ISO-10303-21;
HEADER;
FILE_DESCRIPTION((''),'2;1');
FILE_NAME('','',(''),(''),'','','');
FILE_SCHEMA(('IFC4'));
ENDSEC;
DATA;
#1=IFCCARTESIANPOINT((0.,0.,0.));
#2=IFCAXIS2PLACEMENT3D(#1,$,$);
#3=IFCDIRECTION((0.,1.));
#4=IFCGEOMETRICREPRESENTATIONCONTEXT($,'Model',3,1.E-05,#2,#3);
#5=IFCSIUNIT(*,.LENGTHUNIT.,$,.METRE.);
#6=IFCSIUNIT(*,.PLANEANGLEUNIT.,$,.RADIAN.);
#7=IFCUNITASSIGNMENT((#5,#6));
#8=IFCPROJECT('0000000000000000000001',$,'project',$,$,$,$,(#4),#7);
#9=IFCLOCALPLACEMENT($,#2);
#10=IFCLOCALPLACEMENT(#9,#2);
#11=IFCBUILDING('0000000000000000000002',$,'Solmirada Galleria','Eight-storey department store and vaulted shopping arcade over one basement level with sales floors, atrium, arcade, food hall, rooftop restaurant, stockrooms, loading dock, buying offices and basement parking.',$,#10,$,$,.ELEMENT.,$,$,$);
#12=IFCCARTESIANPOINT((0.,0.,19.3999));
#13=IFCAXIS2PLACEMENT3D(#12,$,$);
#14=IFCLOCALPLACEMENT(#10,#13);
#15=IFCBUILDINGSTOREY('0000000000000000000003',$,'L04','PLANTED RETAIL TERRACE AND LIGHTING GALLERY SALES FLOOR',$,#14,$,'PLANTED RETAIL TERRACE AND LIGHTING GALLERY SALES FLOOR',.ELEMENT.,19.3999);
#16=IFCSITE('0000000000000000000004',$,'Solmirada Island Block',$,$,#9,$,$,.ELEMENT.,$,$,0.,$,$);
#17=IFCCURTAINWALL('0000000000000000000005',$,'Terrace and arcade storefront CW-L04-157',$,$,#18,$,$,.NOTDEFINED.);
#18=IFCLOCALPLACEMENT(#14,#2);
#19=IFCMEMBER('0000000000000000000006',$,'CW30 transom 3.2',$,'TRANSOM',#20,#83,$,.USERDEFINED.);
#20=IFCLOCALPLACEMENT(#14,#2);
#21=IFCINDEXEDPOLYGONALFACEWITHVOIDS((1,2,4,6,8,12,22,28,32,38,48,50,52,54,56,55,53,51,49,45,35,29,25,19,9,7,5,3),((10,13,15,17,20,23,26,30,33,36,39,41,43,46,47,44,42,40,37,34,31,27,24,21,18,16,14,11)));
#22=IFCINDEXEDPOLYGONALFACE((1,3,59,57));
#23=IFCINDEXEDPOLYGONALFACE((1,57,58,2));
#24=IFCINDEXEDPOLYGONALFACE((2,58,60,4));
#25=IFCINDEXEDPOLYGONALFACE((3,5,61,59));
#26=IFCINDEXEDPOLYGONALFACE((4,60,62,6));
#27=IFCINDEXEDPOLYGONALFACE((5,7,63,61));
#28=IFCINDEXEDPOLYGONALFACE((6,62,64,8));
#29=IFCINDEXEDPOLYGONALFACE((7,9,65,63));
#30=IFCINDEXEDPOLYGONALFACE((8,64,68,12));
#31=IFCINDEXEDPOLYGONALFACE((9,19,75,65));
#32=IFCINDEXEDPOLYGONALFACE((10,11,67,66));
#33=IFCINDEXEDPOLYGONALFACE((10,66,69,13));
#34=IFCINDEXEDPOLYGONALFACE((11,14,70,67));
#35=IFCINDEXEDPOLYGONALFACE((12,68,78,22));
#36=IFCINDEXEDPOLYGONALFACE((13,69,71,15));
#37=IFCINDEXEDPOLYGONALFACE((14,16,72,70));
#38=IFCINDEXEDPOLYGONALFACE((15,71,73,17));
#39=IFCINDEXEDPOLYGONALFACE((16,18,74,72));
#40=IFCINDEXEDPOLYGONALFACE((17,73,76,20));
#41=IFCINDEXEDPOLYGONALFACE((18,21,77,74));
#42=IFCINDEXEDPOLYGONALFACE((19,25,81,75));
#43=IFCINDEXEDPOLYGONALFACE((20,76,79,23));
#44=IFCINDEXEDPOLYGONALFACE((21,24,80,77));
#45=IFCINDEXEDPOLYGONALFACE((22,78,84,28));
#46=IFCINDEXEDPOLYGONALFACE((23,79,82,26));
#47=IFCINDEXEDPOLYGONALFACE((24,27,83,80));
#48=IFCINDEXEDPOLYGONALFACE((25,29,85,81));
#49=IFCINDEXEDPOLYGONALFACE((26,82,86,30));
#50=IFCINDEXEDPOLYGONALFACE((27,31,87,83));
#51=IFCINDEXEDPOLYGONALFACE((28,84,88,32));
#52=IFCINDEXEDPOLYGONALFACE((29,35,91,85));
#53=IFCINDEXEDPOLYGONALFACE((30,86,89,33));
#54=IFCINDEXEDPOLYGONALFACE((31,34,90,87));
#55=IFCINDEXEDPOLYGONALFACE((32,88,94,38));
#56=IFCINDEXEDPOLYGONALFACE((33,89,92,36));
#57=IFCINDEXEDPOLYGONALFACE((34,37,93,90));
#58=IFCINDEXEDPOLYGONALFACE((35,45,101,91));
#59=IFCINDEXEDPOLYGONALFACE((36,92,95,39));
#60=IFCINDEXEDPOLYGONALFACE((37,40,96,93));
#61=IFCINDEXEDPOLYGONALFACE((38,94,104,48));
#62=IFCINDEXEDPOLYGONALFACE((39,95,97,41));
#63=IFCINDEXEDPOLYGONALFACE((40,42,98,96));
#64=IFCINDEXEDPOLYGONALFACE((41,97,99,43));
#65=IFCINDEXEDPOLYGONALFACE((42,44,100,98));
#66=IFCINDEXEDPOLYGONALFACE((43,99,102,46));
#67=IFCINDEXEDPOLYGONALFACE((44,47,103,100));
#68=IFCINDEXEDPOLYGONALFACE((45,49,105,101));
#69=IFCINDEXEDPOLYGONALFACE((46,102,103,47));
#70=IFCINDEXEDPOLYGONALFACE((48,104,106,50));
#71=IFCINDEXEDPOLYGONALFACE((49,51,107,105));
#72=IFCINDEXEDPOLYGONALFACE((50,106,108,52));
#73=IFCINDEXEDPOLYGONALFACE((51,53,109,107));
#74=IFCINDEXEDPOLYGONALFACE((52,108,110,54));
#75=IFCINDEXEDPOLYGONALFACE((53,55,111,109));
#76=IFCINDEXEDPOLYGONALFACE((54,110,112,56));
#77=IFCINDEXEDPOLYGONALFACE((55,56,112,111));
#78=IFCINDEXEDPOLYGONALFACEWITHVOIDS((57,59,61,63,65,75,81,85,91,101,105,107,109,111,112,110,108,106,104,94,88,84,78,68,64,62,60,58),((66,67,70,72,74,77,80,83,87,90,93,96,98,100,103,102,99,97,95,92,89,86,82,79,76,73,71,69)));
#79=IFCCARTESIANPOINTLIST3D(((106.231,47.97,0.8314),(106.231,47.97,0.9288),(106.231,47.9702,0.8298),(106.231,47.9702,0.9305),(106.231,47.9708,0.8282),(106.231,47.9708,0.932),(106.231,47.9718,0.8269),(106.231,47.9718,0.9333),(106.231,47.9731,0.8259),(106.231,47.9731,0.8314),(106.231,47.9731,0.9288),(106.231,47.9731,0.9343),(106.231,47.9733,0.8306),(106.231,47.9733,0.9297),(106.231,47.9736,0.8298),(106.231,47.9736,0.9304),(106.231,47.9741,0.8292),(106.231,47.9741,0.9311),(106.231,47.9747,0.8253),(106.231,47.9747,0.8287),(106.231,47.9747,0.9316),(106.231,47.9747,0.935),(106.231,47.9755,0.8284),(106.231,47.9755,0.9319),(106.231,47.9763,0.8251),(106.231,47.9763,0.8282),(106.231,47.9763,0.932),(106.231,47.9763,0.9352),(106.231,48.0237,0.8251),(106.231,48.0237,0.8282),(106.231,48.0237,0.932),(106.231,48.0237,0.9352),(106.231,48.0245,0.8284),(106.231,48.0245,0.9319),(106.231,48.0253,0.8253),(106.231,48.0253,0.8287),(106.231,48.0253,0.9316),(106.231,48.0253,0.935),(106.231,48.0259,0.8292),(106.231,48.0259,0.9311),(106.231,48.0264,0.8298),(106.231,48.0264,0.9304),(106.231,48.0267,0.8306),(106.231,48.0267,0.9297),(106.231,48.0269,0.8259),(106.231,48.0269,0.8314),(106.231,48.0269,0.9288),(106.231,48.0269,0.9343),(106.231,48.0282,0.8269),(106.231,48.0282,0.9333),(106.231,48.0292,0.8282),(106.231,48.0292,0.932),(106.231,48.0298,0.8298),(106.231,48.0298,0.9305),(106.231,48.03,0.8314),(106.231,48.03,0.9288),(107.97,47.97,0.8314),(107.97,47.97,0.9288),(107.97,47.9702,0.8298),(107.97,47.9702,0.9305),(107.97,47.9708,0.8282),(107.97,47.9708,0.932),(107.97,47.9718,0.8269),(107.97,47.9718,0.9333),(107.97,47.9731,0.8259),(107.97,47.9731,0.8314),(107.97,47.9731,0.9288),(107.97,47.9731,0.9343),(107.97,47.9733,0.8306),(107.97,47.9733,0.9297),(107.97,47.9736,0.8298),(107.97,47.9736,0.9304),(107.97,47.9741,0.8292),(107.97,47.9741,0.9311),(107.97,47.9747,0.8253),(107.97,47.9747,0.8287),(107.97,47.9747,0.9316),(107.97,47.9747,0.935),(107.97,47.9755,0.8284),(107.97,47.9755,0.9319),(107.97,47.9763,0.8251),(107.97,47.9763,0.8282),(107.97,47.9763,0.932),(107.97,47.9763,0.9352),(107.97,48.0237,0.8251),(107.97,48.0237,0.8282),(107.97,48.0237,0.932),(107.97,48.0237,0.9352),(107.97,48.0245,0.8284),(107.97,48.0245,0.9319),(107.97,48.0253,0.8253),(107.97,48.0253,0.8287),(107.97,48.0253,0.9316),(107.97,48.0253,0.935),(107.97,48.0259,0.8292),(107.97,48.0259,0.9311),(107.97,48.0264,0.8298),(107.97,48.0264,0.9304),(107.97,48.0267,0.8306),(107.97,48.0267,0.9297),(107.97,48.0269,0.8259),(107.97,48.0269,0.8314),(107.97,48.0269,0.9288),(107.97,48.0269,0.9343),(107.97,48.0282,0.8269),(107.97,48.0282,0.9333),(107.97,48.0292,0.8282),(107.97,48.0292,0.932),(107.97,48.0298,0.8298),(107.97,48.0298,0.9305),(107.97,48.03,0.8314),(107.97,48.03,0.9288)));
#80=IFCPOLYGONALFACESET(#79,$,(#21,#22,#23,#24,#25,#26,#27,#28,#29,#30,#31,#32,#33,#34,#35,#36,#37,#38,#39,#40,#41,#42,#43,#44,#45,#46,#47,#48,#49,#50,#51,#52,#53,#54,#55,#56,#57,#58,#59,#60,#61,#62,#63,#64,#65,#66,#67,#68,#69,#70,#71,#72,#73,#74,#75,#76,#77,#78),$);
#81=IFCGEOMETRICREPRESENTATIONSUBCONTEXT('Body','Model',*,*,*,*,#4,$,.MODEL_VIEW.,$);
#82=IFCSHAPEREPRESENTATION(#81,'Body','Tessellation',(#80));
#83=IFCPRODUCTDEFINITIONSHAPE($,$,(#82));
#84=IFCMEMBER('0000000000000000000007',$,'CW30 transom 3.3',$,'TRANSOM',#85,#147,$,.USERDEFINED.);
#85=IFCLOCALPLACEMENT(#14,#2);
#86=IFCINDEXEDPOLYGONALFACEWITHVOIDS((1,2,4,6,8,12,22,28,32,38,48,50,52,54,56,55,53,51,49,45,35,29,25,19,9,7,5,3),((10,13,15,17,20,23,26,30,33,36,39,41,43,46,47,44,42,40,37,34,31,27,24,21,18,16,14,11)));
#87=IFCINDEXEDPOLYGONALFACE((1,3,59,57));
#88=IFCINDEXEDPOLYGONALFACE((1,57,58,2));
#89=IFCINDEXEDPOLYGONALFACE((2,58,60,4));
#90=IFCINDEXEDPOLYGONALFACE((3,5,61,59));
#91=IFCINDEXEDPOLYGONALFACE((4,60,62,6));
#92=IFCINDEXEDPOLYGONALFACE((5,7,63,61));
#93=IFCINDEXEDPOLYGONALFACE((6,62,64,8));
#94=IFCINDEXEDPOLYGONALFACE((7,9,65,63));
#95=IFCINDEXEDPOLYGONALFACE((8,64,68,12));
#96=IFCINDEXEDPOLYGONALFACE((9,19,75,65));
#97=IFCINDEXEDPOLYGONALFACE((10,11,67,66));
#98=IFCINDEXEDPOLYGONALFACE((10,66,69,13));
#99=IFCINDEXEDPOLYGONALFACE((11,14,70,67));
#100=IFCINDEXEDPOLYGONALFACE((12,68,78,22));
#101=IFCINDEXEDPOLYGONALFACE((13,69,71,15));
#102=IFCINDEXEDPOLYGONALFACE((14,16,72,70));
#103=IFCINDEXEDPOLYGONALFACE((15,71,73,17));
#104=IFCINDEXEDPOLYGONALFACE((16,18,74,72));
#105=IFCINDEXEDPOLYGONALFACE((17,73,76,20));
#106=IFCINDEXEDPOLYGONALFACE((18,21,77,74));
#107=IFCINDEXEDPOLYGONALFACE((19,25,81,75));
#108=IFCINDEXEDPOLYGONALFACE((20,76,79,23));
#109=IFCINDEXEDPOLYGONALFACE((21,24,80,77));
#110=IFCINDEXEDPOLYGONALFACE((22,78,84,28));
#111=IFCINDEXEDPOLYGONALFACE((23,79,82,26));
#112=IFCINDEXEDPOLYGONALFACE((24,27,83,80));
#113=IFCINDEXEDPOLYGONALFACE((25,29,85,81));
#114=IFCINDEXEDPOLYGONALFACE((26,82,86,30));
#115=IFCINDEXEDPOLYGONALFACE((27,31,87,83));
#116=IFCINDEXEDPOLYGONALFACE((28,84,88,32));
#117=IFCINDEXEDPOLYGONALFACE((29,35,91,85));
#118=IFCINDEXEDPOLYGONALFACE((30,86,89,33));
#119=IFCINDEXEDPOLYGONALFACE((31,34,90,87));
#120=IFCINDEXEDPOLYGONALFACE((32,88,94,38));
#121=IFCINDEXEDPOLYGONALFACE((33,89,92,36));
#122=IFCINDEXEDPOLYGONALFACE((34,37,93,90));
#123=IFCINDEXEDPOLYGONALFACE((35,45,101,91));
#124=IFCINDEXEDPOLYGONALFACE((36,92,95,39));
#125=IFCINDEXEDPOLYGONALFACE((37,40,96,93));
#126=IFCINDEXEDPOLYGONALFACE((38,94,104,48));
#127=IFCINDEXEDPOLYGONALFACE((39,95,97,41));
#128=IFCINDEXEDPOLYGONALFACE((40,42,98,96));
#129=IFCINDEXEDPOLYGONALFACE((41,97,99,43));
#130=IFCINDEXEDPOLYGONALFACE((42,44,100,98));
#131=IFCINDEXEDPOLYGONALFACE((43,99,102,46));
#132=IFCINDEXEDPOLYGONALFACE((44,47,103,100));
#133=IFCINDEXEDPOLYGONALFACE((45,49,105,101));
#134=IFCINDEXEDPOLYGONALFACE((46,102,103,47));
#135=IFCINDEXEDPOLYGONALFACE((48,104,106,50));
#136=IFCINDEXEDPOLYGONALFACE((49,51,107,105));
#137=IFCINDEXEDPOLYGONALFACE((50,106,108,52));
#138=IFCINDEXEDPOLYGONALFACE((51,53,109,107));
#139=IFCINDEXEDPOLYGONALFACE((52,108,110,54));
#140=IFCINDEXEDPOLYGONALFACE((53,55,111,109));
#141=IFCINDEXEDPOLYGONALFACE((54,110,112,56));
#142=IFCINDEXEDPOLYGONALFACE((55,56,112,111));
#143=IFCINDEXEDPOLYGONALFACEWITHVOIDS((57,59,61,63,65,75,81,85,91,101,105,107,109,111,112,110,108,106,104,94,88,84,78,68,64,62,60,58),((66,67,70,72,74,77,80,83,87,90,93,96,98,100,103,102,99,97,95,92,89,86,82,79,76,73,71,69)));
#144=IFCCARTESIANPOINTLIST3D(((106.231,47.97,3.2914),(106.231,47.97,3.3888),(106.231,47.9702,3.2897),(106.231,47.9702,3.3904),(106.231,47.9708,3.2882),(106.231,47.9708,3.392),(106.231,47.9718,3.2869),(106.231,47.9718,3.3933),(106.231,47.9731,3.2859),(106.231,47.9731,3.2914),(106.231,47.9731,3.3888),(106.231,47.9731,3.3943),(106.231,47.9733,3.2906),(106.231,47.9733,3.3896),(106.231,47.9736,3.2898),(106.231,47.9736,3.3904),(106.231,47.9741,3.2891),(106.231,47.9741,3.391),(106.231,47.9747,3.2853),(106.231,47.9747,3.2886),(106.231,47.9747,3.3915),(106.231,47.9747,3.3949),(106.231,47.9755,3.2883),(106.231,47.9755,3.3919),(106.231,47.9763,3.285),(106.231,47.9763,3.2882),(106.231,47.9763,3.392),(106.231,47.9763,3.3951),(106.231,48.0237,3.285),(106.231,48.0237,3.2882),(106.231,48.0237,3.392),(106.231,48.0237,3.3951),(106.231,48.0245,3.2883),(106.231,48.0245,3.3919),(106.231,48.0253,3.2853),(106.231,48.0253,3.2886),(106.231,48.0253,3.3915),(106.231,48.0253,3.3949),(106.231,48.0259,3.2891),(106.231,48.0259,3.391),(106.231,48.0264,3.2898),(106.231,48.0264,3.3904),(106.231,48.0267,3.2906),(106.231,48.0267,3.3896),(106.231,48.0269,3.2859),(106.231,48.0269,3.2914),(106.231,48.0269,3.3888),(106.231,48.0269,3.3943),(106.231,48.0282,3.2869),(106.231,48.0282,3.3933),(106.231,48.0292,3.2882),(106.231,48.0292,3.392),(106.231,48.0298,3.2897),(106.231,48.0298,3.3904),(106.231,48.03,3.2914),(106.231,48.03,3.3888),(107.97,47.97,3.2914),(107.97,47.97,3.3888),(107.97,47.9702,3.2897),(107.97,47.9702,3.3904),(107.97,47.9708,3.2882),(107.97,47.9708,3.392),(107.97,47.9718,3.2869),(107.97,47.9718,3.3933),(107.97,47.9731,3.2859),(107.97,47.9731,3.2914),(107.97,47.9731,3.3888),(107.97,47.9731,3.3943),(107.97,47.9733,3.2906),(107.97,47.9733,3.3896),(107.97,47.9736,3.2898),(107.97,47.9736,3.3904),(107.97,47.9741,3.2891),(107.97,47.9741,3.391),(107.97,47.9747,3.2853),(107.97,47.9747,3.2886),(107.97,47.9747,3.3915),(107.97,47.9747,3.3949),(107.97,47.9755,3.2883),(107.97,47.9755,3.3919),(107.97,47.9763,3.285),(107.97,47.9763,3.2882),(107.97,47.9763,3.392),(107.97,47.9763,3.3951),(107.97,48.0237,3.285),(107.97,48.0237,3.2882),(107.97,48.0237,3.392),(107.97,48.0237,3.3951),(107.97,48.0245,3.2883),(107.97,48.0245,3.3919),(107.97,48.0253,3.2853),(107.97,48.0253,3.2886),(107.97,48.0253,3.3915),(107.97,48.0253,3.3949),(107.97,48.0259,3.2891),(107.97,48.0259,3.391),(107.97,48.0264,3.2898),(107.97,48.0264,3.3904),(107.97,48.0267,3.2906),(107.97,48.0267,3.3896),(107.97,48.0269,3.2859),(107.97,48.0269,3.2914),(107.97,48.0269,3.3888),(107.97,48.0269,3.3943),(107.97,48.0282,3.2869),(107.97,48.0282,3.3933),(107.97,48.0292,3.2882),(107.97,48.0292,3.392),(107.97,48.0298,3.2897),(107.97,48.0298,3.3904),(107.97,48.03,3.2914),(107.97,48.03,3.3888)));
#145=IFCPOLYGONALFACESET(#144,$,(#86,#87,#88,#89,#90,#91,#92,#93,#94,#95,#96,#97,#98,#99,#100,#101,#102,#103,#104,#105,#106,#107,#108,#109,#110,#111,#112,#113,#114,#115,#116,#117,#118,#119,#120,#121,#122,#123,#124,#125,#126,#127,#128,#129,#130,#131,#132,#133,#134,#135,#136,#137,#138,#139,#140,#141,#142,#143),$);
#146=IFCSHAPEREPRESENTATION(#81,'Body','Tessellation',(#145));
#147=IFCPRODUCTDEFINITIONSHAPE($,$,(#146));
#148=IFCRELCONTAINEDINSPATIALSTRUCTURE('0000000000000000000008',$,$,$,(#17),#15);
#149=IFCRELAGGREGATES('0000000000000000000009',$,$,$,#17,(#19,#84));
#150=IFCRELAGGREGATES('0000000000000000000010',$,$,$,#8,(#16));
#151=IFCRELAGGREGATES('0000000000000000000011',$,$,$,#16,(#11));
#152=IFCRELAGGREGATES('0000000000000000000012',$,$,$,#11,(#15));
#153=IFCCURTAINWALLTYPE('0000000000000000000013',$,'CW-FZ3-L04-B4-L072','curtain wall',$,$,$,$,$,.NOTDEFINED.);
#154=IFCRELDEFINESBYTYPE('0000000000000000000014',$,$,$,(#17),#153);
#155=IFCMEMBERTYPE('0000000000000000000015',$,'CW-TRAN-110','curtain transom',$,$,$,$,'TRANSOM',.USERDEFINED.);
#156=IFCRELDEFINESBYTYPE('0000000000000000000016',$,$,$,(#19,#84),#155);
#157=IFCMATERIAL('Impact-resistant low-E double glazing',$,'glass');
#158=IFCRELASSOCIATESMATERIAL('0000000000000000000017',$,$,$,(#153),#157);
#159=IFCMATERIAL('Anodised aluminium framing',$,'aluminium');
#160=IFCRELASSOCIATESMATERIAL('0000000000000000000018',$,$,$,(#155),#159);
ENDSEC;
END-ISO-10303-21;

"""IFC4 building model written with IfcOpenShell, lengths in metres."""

from ifc_helpers import new_model, si_unit, direction, frame, origin, origin_2d, place, context, subcontext, project, spatial, hollow_rectangle, extrude, material, material_profile, profile_set, type_object, element, aggregate, save


model = new_model("IFC4")

# Units and contexts
model_context = context("Model", 3, precision=1e-05, world=origin(), true_north=direction((0.0, 1.0)))
body_context = subcontext(model_context, "Body", "Model", "MODEL_VIEW")
ifc_project = project(units=[si_unit("LENGTHUNIT", "METRE"), si_unit("PLANEANGLEUNIT", "RADIAN")], contexts=[model_context])

# Site, building, storey
site_placement = place(None, origin())
site = spatial("IfcSite", under=ifc_project, at=site_placement, Name="Solmirada Island Block", CompositionType="ELEMENT", RefElevation=0.0)
building_placement = place(site_placement, origin())
building = spatial("IfcBuilding", under=site, at=building_placement, Name="Solmirada Galleria", Description="Eight-storey department store and vaulted shopping arcade over one basement level with sales floors, atrium, arcade, food hall, rooftop restaurant, stockrooms, loading dock, buying offices and basement parking.", CompositionType="ELEMENT")
storey_placement = place(building_placement, frame((0.0, 0.0, 19.3999)))
storey = spatial("IfcBuildingStorey", under=building, at=storey_placement, Name="L04", Description="PLANTED RETAIL TERRACE AND LIGHTING GALLERY SALES FLOOR", LongName="PLANTED RETAIL TERRACE AND LIGHTING GALLERY SALES FLOOR", CompositionType="ELEMENT", Elevation=19.3999)

# Curtain wall
ifc_material_1 = material(Name="Impact-resistant low-E double glazing", Category="glass")
curtain_wall_type = type_object("IfcCurtainWallType", Name="CW-FZ3-L04-B4-L072", Description="curtain wall", PredefinedType="NOTDEFINED", material=ifc_material_1)
curtain_wall_1_placement = place(storey_placement, origin())
curtain_wall_1 = element("IfcCurtainWall", 1, at=curtain_wall_1_placement, inside=storey, type_object=curtain_wall_type, Name="Terrace and arcade storefront CW-L04-157", PredefinedType="NOTDEFINED")
ifc_material_2 = material(Name="Anodised aluminium framing", Category="aluminium")

# Members
ifc_material_profile_1 = material_profile(ifc_material_2, hollow_rectangle(XDim=0.0601, YDim=0.1101, WallThickness=0.0032, InnerFilletRadius=0.0032, OuterFilletRadius=0.0063, at=origin_2d()), Name="ALU-TRAN-110X60")
ifc_profile_set_1 = profile_set([ifc_material_profile_1], Name="Anodised aluminium framing")
member_type_1 = type_object("IfcMemberType", Name="CW-TRAN-110", Description="curtain transom", ElementType="TRANSOM", PredefinedType="USERDEFINED", material=ifc_profile_set_1)
member_1_placement = place(storey_placement, frame((107.97, 48.0, 0.8801), z_axis=(-1.0, 0.0, 0.0), x_axis=(0.0, -1.0, 0.0)))
member_1 = element("IfcMember", 2, at=member_1_placement, type_object=member_type_1, Name="CW30 transom 3.2", ObjectType="TRANSOM", PredefinedType="USERDEFINED", context=body_context, shape_type="SweptSolid", body=[
    extrude(hollow_rectangle(XDim=0.0601, YDim=0.1101, WallThickness=0.0032, InnerFilletRadius=0.0032, OuterFilletRadius=0.0063, at=origin_2d()), origin(), (0.0, 0.0, 1.0), 1.739),
])
member_2_placement = place(storey_placement, frame((107.97, 48.0, 3.3401), z_axis=(-1.0, 0.0, 0.0), x_axis=(0.0, -1.0, 0.0)))
member_2 = element("IfcMember", 3, at=member_2_placement, type_object=member_type_1, Name="CW30 transom 3.3", ObjectType="TRANSOM", PredefinedType="USERDEFINED", context=body_context, shape_type="SweptSolid", body=[
    extrude(hollow_rectangle(XDim=0.0601, YDim=0.1101, WallThickness=0.0032, InnerFilletRadius=0.0032, OuterFilletRadius=0.0063, at=origin_2d()), origin(), (0.0, 0.0, 1.0), 1.739),
])

aggregate(curtain_wall_1, [member_1, member_2])

save(model, "model.ifc")
